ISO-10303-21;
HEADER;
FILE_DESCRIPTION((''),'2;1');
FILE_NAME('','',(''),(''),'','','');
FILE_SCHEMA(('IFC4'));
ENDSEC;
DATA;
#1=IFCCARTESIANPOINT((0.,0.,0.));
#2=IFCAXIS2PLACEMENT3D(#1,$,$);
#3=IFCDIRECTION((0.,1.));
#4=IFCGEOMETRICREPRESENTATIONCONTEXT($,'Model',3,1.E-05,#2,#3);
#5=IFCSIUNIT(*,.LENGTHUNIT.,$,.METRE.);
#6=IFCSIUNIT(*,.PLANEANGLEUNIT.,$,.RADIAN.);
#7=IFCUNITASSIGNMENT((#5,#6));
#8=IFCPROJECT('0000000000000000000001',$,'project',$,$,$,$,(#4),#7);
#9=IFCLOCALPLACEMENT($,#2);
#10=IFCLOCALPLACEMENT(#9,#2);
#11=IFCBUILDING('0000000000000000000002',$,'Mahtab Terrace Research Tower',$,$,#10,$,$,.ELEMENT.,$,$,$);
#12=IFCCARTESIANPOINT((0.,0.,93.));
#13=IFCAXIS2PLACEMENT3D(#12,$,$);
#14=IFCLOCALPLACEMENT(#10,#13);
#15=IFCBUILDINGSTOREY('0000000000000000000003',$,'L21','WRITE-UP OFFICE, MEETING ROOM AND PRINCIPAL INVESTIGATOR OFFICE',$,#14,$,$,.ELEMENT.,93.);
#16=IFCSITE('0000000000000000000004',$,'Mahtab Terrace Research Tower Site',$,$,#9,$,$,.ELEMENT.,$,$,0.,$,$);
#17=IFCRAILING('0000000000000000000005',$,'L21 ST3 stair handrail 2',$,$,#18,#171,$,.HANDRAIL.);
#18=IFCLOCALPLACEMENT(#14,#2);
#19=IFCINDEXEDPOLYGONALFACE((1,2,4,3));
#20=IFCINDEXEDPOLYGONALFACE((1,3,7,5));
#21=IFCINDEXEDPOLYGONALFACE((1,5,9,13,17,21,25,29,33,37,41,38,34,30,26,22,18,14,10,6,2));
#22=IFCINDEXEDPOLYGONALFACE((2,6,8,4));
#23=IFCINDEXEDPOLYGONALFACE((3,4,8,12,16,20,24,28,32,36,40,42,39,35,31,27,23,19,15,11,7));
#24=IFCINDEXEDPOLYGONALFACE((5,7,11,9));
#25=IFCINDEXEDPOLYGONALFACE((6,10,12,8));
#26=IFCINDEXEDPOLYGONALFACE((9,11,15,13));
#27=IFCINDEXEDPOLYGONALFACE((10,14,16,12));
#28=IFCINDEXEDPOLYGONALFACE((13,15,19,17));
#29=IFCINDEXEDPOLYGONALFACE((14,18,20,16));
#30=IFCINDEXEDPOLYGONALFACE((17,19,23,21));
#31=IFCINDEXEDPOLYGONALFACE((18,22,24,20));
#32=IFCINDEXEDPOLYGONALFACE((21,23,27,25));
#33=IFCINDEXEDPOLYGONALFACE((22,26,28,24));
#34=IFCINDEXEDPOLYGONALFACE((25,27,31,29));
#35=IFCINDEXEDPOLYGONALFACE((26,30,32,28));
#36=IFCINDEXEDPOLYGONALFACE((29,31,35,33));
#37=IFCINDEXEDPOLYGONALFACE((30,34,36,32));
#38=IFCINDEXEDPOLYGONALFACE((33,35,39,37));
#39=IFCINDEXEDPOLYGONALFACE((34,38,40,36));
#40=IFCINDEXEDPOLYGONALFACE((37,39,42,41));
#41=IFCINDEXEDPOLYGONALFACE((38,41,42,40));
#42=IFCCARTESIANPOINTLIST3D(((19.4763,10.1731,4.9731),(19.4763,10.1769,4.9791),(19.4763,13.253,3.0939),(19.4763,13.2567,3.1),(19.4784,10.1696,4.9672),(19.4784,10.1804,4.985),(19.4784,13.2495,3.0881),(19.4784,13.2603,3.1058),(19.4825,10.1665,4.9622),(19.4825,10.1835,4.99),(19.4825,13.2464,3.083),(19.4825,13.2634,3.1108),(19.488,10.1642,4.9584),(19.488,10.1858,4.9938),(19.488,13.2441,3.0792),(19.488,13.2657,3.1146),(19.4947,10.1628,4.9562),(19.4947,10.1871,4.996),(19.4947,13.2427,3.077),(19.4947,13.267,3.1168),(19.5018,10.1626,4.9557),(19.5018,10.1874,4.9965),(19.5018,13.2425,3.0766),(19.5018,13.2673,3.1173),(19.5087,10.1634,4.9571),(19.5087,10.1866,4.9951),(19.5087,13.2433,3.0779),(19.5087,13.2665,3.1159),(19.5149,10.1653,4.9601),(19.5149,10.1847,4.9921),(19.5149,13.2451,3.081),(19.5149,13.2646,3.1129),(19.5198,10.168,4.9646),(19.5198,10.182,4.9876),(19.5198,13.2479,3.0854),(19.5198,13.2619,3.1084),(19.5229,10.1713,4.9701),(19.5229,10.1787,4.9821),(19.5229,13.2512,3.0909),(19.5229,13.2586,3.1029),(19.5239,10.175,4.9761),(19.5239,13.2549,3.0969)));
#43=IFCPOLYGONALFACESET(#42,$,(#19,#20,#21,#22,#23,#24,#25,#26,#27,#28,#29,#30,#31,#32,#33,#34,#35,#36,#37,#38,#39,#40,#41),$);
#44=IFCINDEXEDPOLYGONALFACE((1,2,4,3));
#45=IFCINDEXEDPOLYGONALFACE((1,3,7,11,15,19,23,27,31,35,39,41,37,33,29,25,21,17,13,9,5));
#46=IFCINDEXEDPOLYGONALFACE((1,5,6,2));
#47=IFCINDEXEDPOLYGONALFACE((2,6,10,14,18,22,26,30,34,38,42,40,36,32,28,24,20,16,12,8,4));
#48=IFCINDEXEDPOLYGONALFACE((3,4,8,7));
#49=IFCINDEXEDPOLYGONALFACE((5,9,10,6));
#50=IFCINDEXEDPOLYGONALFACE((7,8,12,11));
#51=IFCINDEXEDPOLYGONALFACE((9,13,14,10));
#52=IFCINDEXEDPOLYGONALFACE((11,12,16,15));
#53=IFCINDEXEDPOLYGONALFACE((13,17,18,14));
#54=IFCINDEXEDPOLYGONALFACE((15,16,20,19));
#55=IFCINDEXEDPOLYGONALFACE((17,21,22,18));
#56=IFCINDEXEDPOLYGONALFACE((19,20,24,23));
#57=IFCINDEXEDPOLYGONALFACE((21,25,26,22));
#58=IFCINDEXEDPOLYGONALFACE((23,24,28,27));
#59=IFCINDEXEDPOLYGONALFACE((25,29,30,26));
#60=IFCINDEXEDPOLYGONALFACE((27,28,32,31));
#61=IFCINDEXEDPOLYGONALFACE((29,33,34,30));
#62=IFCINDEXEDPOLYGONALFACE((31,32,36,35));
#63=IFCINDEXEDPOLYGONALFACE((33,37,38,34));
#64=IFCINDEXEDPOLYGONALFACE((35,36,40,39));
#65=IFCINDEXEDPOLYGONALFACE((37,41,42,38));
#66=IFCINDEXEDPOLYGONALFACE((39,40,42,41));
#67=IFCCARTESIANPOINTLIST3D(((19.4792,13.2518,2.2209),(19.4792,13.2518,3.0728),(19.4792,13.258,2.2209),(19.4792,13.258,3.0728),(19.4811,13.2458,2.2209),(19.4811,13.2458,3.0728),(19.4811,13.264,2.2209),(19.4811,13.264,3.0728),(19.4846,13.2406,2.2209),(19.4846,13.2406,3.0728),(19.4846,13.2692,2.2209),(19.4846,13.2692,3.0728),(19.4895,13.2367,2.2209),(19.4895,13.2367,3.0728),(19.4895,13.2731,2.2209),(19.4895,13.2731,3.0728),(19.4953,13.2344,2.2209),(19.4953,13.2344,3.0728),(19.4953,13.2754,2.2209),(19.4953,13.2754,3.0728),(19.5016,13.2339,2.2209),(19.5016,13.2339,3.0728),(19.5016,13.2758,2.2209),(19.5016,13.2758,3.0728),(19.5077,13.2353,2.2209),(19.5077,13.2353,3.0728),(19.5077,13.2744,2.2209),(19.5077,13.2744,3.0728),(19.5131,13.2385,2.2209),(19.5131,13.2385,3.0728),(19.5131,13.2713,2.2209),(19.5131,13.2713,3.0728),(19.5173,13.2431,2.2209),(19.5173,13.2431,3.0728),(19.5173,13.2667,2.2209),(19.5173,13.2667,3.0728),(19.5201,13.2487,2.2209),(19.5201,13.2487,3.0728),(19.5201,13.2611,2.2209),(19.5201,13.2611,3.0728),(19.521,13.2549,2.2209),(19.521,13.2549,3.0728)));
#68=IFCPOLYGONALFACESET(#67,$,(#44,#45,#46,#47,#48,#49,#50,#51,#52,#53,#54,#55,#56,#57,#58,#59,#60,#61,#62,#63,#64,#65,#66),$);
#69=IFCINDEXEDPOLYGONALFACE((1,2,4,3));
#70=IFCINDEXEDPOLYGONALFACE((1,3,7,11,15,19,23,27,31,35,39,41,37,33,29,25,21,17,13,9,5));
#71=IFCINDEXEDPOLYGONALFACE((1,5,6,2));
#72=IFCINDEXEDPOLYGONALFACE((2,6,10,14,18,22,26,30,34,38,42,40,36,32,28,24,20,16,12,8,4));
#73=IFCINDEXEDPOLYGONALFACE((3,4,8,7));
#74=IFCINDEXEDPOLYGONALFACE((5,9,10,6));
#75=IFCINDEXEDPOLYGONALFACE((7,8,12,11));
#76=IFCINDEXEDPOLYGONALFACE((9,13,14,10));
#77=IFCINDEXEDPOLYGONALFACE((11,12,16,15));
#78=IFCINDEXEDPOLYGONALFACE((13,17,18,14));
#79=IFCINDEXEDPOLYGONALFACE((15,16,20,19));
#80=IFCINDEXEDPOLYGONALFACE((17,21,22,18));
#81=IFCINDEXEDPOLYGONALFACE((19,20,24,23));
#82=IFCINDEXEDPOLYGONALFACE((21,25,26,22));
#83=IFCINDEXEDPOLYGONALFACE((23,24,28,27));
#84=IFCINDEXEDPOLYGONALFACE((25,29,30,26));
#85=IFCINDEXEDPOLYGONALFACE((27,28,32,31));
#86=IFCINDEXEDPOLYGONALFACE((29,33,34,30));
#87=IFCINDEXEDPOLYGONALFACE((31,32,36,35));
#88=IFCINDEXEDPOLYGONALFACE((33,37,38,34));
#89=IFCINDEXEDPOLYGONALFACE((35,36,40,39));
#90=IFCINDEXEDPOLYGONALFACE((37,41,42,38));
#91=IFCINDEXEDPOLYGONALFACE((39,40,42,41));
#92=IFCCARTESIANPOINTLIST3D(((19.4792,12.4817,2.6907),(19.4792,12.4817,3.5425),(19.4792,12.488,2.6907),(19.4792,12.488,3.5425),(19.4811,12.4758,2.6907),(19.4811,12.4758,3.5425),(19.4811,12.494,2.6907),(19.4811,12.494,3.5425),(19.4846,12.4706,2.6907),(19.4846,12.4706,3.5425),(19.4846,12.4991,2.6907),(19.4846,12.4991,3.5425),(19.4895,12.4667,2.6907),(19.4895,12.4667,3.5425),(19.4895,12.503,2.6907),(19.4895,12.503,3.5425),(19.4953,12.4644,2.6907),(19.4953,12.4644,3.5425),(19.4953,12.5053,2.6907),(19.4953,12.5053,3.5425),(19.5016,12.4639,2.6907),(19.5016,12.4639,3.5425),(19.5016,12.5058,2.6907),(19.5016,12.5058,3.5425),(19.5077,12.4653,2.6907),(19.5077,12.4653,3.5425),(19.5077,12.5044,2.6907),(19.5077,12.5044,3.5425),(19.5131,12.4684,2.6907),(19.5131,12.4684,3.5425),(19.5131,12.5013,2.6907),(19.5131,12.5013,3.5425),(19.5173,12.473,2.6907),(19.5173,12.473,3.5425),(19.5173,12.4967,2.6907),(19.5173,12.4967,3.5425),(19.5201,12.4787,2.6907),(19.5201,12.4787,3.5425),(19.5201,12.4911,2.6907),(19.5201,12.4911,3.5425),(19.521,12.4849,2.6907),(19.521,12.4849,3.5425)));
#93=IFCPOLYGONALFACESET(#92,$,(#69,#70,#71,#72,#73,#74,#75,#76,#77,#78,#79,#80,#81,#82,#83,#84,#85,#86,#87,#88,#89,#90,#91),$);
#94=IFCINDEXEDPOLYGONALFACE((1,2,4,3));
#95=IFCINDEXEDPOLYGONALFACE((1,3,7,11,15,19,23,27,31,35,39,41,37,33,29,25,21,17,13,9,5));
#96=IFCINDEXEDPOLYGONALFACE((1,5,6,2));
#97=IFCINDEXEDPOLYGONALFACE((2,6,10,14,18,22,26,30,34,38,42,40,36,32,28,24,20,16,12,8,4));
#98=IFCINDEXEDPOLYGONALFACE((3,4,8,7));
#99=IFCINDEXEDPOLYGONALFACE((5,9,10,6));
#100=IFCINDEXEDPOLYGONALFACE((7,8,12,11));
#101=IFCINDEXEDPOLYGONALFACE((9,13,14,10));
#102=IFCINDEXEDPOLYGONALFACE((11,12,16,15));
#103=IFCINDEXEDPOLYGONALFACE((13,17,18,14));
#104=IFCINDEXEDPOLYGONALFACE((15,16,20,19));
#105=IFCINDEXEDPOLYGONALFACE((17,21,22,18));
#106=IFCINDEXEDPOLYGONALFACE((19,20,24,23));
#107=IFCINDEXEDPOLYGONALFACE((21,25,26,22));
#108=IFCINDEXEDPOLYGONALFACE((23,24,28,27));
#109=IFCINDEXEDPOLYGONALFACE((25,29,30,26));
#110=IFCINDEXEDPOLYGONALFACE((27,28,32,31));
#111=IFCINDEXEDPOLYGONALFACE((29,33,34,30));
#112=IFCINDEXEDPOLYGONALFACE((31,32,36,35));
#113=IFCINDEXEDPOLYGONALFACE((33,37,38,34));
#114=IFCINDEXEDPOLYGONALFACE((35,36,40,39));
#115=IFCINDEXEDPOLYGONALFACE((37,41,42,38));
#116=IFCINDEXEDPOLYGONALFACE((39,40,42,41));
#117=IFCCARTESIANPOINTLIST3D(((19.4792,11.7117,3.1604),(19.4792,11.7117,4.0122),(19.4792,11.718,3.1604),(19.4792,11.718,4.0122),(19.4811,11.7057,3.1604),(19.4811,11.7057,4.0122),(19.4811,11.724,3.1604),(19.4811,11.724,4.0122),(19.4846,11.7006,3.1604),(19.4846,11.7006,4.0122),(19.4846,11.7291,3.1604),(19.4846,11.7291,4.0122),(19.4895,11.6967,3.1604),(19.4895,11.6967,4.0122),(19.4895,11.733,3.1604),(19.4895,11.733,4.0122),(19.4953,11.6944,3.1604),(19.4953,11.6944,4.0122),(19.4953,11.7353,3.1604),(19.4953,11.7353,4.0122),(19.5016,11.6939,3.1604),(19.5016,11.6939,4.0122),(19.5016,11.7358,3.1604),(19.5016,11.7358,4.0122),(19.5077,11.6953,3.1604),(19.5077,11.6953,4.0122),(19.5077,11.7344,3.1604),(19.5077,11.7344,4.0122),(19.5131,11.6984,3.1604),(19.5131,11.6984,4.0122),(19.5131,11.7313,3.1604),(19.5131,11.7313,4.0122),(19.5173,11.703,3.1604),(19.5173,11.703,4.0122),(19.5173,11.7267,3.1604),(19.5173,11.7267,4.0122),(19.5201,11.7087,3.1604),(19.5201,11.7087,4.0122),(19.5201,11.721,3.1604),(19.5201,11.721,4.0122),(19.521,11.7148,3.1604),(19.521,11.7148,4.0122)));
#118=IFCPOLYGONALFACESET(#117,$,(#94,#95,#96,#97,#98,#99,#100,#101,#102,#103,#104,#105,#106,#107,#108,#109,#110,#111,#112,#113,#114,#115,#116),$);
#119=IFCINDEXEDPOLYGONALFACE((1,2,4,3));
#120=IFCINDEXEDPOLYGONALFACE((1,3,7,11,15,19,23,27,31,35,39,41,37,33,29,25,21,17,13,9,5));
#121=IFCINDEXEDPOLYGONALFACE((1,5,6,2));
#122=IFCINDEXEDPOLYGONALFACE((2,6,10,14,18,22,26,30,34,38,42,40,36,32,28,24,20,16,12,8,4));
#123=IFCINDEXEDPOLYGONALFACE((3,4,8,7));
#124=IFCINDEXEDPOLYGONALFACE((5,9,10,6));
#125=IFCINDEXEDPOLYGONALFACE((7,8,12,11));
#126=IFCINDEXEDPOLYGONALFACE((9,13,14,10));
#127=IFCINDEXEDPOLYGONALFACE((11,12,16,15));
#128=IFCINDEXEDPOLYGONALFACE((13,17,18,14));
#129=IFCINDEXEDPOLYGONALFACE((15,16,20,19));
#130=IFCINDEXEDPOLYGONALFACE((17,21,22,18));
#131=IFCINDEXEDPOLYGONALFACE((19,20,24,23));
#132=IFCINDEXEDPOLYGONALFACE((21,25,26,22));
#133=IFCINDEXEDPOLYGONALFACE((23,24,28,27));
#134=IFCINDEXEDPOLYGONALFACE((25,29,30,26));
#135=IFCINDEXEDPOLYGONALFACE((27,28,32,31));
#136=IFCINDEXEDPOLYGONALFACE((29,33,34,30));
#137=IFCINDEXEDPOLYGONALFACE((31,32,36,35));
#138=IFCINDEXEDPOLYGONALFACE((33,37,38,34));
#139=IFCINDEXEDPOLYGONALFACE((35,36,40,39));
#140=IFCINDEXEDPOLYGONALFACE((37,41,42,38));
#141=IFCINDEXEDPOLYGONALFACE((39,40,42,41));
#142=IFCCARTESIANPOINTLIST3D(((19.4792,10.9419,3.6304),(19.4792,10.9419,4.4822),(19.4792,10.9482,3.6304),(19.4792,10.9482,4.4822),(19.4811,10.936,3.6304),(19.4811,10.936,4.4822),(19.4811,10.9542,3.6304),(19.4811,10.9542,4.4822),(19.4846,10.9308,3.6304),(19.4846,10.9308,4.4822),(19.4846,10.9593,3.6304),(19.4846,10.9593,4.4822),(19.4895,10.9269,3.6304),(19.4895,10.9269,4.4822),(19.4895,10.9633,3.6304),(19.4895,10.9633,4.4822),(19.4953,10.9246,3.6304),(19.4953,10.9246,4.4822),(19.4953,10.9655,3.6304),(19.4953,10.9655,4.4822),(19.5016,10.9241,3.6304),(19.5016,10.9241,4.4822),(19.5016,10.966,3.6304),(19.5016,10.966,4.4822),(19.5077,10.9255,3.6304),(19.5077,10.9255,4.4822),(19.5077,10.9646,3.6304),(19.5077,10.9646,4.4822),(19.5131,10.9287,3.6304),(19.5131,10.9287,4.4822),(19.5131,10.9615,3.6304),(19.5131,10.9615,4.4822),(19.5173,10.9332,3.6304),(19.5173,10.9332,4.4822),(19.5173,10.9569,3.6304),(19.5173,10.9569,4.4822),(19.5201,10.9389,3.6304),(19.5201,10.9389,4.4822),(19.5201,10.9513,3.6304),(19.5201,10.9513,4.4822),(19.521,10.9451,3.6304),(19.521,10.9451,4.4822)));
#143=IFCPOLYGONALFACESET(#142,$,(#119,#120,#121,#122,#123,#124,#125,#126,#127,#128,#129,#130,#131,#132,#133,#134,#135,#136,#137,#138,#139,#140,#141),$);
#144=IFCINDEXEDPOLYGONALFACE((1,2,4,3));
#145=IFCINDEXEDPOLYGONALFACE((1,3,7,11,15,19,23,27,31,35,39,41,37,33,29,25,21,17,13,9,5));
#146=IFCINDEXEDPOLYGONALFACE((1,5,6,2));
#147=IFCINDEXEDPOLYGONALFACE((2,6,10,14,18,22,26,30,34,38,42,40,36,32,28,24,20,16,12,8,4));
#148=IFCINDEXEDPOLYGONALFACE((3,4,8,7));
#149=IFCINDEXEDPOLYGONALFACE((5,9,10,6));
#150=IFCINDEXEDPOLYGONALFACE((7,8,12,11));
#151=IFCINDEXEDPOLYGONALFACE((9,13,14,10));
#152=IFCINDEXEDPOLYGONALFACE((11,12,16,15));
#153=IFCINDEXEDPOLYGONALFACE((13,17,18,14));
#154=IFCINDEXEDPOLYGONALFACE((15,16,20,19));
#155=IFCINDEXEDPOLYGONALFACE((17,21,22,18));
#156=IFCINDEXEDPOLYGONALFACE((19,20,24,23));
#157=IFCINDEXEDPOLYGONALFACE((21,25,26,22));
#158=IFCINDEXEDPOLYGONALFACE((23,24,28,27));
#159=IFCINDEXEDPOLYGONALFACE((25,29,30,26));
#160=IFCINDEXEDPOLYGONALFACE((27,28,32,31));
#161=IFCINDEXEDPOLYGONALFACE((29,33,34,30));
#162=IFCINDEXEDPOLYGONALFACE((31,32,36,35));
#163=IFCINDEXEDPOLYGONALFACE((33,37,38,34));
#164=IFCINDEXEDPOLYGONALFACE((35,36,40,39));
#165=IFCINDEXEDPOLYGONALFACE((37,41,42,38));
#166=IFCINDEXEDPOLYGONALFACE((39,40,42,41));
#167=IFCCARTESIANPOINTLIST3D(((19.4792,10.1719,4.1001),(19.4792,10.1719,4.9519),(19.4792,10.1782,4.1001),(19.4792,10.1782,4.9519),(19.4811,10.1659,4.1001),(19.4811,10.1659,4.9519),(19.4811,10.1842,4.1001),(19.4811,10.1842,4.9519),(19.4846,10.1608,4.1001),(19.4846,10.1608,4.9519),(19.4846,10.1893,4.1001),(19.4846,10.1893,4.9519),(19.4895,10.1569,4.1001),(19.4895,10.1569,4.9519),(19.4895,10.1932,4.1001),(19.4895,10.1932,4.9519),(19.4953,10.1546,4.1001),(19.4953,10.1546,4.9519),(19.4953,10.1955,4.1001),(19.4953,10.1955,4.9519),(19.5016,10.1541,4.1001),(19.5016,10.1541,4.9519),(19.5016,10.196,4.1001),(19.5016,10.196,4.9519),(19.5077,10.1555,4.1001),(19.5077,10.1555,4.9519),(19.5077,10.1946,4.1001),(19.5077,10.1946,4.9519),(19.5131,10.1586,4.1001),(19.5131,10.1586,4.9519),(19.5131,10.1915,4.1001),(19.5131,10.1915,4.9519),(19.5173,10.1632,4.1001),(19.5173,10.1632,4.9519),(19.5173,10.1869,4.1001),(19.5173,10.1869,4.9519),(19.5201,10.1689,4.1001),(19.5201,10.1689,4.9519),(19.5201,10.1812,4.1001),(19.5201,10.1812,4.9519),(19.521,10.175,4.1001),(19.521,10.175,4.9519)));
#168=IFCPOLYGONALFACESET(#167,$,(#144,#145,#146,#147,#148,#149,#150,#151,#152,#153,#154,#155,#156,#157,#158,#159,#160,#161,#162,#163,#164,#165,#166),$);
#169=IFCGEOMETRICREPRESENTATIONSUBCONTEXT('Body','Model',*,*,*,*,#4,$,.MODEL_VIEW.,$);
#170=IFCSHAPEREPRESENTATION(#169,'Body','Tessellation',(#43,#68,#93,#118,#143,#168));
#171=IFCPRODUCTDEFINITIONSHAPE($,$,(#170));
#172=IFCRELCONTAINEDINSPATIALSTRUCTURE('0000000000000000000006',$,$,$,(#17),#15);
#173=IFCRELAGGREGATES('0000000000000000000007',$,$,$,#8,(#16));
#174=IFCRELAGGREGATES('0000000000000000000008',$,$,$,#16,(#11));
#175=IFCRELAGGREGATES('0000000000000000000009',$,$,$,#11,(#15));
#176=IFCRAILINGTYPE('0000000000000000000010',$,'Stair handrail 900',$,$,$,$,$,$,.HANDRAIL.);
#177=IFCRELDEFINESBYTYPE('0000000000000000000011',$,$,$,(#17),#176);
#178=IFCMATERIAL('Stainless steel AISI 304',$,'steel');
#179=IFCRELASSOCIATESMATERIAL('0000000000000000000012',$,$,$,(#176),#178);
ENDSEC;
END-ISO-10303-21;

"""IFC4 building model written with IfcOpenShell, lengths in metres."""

from ifc_helpers import new_model, si_unit, direction, frame, origin, origin_2d, place, context, subcontext, project, spatial, circle, extrude, material, type_object, element, save


model = new_model("IFC4")

# Units and contexts
model_context = context("Model", 3, precision=1e-05, world=origin(), true_north=direction((0.0, 1.0)))
body_context = subcontext(model_context, "Body", "Model", "MODEL_VIEW")
ifc_project = project(units=[si_unit("LENGTHUNIT", "METRE"), si_unit("PLANEANGLEUNIT", "RADIAN")], contexts=[model_context])

# Site, building, storey
site_placement = place(None, origin())
site = spatial("IfcSite", under=ifc_project, at=site_placement, Name="Mahtab Terrace Research Tower Site", CompositionType="ELEMENT", RefElevation=0.0)
building_placement = place(site_placement, origin())
building = spatial("IfcBuilding", under=site, at=building_placement, Name="Mahtab Terrace Research Tower", CompositionType="ELEMENT")
storey_placement = place(building_placement, frame((0.0, 0.0, 93.0)))
storey = spatial("IfcBuildingStorey", under=building, at=storey_placement, Name="L21", Description="WRITE-UP OFFICE, MEETING ROOM AND PRINCIPAL INVESTIGATOR OFFICE", CompositionType="ELEMENT", Elevation=93.0)

# Shared definitions
ifc_material_1 = material(Name="Stainless steel AISI 304", Category="steel")

# Railing
railing_type_1 = type_object("IfcRailingType", Name="Stair handrail 900", PredefinedType="HANDRAIL", material=ifc_material_1)
railing_1_placement = place(storey_placement, frame((19.5, 13.2549, 2.2209)))
element("IfcRailing", 1, at=railing_1_placement, inside=storey, type_object=railing_type_1, Name="L21 ST3 stair handrail 2", PredefinedType="HANDRAIL", context=body_context, shape_type="SweptSolid", body=[
    extrude(circle(Radius=0.0239, at=origin_2d()), frame((0.0, 0.0, 0.876), z_axis=(0.0, -0.853648, 0.52085), x_axis=(1.0, 0.0, 0.0)), (0.0, 0.0, 1.0), 3.6079),
    extrude(circle(Radius=0.021, at=origin_2d()), origin(), (0.0, 0.0, 1.0), 0.8518),
    extrude(circle(Radius=0.021, at=origin_2d()), frame((0.0, -0.77, 0.4697)), (0.0, 0.0, 1.0), 0.8518),
    extrude(circle(Radius=0.021, at=origin_2d()), frame((0.0, -1.54, 0.9395)), (0.0, 0.0, 1.0), 0.8518),
    extrude(circle(Radius=0.021, at=origin_2d()), frame((0.0, -2.3098, 1.4094)), (0.0, 0.0, 1.0), 0.8518),
    extrude(circle(Radius=0.021, at=origin_2d()), frame((0.0, -3.0798, 1.8792)), (0.0, 0.0, 1.0), 0.8518),
])

save(model, "model.ifc")
